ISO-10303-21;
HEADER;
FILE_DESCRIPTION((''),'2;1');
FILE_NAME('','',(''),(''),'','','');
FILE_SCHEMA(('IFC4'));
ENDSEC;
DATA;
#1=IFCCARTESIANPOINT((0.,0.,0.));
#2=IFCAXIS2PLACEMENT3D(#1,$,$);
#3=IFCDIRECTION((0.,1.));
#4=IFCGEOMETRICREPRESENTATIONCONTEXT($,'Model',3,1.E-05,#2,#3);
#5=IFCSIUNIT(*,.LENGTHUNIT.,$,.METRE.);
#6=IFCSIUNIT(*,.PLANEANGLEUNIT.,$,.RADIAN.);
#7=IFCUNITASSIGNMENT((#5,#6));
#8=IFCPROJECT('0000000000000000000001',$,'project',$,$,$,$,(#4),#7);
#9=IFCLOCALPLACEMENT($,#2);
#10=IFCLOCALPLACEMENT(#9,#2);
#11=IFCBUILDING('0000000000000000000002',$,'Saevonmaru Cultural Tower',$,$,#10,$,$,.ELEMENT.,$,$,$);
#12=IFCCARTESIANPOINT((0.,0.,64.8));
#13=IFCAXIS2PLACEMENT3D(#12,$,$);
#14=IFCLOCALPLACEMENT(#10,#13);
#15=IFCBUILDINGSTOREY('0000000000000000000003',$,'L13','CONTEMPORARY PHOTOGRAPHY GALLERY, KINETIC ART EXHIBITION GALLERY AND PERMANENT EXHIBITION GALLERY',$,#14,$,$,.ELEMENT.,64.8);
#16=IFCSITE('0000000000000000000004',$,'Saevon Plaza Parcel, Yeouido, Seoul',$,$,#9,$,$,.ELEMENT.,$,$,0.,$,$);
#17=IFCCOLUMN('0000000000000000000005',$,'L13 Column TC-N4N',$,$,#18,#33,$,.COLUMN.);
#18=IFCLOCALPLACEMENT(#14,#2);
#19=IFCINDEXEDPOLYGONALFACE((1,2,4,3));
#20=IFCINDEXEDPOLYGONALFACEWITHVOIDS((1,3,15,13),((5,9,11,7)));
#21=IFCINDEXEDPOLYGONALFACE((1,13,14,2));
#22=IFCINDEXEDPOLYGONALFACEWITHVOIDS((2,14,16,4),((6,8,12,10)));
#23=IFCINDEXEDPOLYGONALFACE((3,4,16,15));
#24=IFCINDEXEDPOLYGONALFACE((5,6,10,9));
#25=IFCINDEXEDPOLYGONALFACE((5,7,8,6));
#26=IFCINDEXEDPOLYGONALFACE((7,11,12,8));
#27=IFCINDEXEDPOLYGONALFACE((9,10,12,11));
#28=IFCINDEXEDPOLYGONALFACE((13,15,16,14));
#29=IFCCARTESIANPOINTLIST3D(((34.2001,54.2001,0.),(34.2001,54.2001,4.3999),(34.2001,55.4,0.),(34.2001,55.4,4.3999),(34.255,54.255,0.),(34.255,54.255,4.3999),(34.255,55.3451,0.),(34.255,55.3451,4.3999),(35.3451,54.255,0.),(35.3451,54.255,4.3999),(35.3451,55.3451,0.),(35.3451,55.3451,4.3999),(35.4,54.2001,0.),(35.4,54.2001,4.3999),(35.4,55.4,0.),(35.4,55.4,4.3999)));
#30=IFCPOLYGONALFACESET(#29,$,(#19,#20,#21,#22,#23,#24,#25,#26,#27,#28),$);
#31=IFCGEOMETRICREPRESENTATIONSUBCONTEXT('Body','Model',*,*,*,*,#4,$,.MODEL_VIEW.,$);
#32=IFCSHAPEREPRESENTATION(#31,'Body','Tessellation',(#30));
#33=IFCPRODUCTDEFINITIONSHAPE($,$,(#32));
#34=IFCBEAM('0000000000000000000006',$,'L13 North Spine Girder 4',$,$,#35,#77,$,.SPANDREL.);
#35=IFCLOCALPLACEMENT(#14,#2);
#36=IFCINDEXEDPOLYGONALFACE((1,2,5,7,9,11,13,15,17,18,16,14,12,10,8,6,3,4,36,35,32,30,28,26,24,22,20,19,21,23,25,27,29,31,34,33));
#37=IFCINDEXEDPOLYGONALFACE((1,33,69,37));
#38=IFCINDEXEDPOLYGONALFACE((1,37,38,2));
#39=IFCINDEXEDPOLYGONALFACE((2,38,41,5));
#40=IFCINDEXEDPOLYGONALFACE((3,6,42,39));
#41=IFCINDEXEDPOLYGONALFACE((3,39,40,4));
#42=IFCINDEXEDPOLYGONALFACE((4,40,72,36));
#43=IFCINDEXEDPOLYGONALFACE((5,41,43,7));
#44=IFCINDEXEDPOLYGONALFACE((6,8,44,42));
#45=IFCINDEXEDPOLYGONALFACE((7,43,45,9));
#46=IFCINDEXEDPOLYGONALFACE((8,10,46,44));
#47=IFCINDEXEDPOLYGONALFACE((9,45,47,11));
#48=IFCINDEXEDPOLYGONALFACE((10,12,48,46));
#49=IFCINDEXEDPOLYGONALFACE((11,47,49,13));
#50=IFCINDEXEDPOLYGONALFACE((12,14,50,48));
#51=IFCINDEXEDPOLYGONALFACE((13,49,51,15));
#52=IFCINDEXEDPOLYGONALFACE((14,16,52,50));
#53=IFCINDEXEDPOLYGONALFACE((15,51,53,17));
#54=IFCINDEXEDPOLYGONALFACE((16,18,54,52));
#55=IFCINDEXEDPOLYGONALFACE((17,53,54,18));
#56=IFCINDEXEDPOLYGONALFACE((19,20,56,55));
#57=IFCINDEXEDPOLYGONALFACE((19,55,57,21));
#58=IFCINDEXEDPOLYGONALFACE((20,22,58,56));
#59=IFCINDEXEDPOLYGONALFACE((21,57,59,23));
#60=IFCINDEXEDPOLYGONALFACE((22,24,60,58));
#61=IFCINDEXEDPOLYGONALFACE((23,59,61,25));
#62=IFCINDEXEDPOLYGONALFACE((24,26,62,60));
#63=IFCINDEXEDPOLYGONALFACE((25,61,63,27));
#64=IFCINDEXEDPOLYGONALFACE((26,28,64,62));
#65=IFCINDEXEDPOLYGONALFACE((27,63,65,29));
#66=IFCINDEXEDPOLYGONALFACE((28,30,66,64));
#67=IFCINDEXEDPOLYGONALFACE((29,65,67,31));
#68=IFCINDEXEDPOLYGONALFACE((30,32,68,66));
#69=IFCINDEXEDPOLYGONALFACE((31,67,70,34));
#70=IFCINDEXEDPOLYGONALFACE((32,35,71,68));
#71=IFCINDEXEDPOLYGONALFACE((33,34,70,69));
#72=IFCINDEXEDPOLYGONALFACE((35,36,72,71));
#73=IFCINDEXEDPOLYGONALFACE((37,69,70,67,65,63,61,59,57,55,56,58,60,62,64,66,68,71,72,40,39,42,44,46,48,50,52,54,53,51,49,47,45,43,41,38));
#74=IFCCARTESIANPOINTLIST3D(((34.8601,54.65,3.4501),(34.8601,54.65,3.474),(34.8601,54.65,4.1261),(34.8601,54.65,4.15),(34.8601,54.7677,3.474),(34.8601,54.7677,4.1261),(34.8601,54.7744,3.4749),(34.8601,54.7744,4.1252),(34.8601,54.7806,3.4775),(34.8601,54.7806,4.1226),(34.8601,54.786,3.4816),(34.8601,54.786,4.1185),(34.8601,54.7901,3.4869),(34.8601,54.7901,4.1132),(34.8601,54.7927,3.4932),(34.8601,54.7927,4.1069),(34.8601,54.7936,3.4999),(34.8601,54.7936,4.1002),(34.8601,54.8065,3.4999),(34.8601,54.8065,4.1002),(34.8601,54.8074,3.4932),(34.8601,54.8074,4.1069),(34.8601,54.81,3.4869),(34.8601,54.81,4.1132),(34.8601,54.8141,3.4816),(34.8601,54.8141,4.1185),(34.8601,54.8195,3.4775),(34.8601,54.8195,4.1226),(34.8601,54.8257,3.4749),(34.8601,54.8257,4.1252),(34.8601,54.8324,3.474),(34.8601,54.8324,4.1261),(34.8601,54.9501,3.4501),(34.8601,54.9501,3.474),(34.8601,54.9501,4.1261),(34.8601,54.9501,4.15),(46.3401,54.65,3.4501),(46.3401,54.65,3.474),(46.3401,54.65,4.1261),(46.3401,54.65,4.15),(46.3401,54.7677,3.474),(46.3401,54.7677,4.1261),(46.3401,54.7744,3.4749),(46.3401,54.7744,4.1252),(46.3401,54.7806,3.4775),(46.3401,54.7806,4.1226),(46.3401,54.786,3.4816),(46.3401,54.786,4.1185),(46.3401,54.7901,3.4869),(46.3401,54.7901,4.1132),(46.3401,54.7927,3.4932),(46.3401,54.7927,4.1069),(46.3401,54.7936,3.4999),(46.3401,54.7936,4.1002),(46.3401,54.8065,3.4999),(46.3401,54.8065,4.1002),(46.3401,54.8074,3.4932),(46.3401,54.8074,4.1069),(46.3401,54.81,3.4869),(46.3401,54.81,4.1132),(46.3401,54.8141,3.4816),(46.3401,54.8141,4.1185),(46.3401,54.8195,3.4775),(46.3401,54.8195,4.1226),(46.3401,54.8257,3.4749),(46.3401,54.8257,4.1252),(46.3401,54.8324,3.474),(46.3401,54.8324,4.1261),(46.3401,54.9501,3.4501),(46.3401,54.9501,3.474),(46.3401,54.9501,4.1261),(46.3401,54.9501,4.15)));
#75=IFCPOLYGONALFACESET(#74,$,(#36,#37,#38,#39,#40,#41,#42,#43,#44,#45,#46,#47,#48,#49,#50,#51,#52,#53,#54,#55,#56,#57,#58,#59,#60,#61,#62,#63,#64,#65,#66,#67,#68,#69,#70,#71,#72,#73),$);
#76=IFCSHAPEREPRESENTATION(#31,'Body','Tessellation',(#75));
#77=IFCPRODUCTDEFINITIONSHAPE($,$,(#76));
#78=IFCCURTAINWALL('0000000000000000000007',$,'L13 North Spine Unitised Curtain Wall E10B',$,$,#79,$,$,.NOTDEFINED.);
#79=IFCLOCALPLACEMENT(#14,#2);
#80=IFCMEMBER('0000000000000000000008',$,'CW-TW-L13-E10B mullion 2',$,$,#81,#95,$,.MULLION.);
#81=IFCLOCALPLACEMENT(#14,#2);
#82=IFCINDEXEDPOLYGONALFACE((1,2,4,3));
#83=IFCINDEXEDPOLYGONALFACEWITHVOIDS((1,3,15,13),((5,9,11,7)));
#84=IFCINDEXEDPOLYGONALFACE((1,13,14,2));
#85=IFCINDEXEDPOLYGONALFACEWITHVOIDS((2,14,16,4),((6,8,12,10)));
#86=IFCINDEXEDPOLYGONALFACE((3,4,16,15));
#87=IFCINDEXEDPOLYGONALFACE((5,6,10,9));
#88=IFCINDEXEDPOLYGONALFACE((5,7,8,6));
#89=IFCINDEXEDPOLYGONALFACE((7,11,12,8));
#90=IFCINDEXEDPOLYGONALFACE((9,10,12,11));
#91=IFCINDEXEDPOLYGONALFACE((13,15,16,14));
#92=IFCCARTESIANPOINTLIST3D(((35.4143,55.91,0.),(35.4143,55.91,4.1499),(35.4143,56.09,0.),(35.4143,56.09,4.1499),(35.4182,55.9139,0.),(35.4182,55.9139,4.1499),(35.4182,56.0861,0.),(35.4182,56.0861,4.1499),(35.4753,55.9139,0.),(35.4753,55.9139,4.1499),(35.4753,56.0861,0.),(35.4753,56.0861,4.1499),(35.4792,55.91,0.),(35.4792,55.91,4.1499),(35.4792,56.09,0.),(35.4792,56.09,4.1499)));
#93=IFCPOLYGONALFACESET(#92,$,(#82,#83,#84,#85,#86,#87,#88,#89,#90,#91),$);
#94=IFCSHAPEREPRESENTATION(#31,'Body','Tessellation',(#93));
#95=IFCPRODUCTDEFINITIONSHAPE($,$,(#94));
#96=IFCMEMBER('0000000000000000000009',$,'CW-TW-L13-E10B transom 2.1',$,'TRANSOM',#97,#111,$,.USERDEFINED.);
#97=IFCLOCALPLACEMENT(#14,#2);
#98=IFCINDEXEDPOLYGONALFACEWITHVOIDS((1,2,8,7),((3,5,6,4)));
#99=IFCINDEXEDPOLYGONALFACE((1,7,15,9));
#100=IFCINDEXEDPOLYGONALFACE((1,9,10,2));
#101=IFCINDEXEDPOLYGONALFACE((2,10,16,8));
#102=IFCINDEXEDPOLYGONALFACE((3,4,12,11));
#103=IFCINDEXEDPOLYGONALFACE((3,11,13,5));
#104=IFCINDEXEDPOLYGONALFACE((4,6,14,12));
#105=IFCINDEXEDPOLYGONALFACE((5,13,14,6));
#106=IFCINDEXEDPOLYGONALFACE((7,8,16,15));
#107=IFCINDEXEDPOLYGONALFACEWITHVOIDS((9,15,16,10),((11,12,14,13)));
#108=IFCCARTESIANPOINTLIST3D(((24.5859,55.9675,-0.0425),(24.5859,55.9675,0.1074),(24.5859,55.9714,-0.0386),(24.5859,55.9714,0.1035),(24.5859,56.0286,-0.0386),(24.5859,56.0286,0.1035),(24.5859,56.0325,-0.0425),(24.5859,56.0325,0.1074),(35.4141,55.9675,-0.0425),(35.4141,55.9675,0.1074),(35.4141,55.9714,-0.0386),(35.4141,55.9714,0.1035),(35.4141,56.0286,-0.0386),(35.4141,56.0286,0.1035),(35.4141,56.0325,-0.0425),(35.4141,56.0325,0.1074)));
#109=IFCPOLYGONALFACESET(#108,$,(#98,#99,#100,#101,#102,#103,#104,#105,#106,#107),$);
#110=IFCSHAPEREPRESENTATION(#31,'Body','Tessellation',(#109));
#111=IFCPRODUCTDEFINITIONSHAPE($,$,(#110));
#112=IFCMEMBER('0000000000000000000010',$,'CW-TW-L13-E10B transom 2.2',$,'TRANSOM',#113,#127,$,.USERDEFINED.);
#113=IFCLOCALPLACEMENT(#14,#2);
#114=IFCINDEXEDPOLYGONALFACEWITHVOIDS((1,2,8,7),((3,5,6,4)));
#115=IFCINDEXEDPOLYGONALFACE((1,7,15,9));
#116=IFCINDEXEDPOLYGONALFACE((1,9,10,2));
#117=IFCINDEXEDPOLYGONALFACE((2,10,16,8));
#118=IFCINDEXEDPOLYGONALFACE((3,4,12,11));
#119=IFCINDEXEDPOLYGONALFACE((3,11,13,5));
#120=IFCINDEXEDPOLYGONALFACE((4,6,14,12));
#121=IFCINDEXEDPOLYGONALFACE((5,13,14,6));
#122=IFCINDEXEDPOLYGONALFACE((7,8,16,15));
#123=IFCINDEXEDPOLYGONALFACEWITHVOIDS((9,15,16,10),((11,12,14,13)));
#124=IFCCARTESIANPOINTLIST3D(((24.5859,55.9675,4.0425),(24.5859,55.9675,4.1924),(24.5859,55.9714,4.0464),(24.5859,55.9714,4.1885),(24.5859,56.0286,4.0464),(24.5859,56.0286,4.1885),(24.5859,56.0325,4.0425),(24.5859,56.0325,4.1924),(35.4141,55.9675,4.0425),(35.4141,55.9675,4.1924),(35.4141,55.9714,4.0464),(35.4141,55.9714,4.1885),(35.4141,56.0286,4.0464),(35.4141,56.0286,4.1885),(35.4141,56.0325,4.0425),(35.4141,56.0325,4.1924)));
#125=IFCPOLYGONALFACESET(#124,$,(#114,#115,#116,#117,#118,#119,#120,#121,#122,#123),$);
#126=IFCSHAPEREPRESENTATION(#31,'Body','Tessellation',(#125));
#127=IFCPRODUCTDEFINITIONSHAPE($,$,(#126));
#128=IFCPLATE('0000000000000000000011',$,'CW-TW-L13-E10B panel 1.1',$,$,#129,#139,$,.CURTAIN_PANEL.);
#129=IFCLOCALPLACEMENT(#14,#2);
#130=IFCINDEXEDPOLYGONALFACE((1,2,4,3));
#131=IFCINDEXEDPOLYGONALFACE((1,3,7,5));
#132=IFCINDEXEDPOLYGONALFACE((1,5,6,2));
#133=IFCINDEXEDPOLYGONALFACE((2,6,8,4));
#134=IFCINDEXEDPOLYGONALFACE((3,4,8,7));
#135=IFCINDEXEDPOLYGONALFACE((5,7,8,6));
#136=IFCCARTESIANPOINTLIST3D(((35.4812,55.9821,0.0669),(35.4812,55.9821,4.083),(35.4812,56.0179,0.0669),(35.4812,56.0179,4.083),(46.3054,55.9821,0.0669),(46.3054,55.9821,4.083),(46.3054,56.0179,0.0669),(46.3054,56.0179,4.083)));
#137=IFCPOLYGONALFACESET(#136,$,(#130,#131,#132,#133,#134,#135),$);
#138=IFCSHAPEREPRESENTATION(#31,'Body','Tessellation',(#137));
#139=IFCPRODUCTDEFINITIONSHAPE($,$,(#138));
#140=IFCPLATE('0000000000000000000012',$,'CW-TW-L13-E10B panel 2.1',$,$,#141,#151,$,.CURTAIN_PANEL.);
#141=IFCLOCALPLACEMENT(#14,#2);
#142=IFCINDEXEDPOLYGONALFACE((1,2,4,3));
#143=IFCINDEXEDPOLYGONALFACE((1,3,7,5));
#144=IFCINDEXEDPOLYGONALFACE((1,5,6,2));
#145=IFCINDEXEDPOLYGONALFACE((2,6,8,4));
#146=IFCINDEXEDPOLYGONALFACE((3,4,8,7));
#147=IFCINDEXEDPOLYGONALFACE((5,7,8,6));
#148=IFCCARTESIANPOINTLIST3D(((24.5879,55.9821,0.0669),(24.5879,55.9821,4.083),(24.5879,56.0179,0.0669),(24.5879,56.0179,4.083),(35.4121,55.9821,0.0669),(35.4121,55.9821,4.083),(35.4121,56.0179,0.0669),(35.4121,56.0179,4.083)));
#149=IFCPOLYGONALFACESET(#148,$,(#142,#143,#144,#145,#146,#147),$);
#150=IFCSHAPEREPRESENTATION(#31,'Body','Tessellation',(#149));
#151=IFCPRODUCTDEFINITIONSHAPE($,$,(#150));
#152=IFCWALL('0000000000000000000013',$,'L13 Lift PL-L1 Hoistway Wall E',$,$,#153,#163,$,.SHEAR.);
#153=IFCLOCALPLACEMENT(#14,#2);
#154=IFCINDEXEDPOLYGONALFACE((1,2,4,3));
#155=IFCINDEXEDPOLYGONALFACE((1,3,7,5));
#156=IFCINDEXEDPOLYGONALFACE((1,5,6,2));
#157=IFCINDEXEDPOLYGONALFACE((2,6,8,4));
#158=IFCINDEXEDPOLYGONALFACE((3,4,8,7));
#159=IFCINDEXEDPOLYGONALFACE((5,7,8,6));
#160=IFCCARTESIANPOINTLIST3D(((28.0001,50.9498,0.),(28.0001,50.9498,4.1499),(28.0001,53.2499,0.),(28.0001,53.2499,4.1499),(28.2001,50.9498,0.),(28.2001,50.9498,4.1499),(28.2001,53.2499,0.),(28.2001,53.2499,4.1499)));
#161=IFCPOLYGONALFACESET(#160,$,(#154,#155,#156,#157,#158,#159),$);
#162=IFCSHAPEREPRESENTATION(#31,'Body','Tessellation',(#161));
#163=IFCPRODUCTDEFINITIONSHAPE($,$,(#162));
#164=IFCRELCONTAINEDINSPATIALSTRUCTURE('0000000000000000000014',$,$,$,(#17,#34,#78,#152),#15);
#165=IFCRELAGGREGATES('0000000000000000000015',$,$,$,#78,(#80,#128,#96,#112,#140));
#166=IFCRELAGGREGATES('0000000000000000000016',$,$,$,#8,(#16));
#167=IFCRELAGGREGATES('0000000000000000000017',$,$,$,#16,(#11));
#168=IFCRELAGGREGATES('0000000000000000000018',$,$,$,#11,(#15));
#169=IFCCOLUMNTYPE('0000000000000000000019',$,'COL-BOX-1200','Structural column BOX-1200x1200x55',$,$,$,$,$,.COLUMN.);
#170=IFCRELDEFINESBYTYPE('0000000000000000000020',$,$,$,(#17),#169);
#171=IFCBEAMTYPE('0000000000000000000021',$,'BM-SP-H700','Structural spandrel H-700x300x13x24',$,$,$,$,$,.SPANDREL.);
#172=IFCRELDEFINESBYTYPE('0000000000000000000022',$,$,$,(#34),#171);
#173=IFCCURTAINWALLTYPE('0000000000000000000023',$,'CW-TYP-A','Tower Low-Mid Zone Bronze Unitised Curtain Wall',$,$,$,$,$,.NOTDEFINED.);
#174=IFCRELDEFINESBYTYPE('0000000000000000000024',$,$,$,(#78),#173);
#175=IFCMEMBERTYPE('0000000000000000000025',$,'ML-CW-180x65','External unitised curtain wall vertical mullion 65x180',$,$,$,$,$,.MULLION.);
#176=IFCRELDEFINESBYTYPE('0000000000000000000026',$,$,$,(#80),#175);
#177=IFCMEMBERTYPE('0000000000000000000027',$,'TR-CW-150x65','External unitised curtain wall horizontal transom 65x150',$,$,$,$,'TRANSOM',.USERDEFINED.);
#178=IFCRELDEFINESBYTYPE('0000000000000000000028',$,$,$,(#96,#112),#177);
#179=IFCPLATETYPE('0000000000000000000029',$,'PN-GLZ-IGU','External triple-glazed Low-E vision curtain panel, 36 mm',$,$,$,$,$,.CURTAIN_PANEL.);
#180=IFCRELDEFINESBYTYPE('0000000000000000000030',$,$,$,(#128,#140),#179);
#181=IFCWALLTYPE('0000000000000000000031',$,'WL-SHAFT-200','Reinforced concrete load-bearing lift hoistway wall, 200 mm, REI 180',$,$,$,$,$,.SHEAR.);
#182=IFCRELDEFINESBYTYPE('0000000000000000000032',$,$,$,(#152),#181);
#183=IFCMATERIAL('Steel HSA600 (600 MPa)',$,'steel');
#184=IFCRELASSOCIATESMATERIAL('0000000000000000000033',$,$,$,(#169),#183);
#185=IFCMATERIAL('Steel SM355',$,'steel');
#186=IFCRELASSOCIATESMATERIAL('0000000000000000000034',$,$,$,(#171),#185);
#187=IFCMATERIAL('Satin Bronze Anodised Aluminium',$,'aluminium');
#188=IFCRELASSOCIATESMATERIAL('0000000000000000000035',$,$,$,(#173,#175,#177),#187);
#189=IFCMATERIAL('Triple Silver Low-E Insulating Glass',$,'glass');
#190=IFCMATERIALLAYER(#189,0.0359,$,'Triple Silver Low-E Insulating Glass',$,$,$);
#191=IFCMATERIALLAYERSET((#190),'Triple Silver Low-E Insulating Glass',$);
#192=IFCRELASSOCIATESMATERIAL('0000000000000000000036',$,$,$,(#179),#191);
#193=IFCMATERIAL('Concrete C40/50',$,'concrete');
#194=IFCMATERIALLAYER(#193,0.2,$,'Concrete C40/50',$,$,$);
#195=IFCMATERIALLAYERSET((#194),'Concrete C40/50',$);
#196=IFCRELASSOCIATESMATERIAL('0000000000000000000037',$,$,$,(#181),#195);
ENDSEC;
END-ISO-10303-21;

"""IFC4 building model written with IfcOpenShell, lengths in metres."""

from ifc_helpers import new_model, si_unit, direction, frame, frame_2d, origin, origin_2d, place, context, subcontext, project, spatial, rectangle, hollow_rectangle, i_section, extrude, material, layer, layer_set, material_profile, profile_set, type_object, element, aggregate, save


model = new_model("IFC4")

# Units and contexts
model_context = context("Model", 3, precision=1e-05, world=origin(), true_north=direction((0.0, 1.0)))
body_context = subcontext(model_context, "Body", "Model", "MODEL_VIEW")
ifc_project = project(units=[si_unit("LENGTHUNIT", "METRE"), si_unit("PLANEANGLEUNIT", "RADIAN")], contexts=[model_context])

# Site, building, storey
site_placement = place(None, origin())
site = spatial("IfcSite", under=ifc_project, at=site_placement, Name="Saevon Plaza Parcel, Yeouido, Seoul", CompositionType="ELEMENT", RefElevation=0.0)
building_placement = place(site_placement, origin())
building = spatial("IfcBuilding", under=site, at=building_placement, Name="Saevonmaru Cultural Tower", CompositionType="ELEMENT")
storey_placement = place(building_placement, frame((0.0, 0.0, 64.8)))
storey = spatial("IfcBuildingStorey", under=building, at=storey_placement, Name="L13", Description="CONTEMPORARY PHOTOGRAPHY GALLERY, KINETIC ART EXHIBITION GALLERY AND PERMANENT EXHIBITION GALLERY", CompositionType="ELEMENT", Elevation=64.8)

# Column
ifc_material_1 = material(Name="Steel HSA600 (600 MPa)", Category="steel")
ifc_material_profile_1 = material_profile(ifc_material_1, hollow_rectangle(XDim=1.2, YDim=1.2, WallThickness=0.0549, at=origin_2d()), Name="BOX-1200x1200x55")
ifc_profile_set_1 = profile_set([ifc_material_profile_1], Name="Steel HSA600 (600 MPa)")
column_type = type_object("IfcColumnType", Name="COL-BOX-1200", Description="Structural column BOX-1200x1200x55", PredefinedType="COLUMN", material=ifc_profile_set_1)
column_placement = place(storey_placement, frame((34.8, 54.8, 0.0), z_axis=(0.0, 0.0, 1.0), x_axis=(1.0, 0.0, 0.0)))
element("IfcColumn", 1, at=column_placement, inside=storey, type_object=column_type, Name="L13 Column TC-N4N", PredefinedType="COLUMN", context=body_context, shape_type="SweptSolid", body=[
    extrude(hollow_rectangle(XDim=1.2, YDim=1.2, WallThickness=0.0549, at=origin_2d()), origin(), (0.0, 0.0, 1.0), 4.3999),
])

# Beam
ifc_material_2 = material(Name="Steel SM355", Category="steel")
ifc_material_profile_2 = material_profile(ifc_material_2, i_section(OverallWidth=0.3, OverallDepth=0.7, WebThickness=0.0129, FlangeThickness=0.0239, FilletRadius=0.0259, at=origin_2d()), Name="H-700x300x13x24")
ifc_profile_set_2 = profile_set([ifc_material_profile_2], Name="Steel SM355")
beam_type = type_object("IfcBeamType", Name="BM-SP-H700", Description="Structural spandrel H-700x300x13x24", PredefinedType="SPANDREL", material=ifc_profile_set_2)
beam_placement = place(storey_placement, frame((34.8601, 54.8, 3.8), z_axis=(1.0, 0.0, 0.0), x_axis=(0.0, 1.0, 0.0)))
element("IfcBeam", 2, at=beam_placement, inside=storey, type_object=beam_type, Name="L13 North Spine Girder 4", PredefinedType="SPANDREL", context=body_context, shape_type="SweptSolid", body=[
    extrude(i_section(OverallWidth=0.3, OverallDepth=0.7, WebThickness=0.0129, FlangeThickness=0.0239, FilletRadius=0.0259, at=origin_2d()), origin(), (0.0, 0.0, 1.0), 11.48),
])

# Curtain wall, members, plates
ifc_material_3 = material(Name="Satin Bronze Anodised Aluminium", Category="aluminium")
curtain_wall_type = type_object("IfcCurtainWallType", Name="CW-TYP-A", Description="Tower Low-Mid Zone Bronze Unitised Curtain Wall", PredefinedType="NOTDEFINED", material=ifc_material_3)
curtain_wall_placement = place(storey_placement, origin())
curtain_wall = element("IfcCurtainWall", 3, at=curtain_wall_placement, inside=storey, type_object=curtain_wall_type, Name="L13 North Spine Unitised Curtain Wall E10B", PredefinedType="NOTDEFINED")
ifc_material_profile_3 = material_profile(ifc_material_3, hollow_rectangle(XDim=0.0649, YDim=0.1799, WallThickness=0.0039, at=origin_2d()), Name="ALU-MULL-180x65x4")
ifc_profile_set_3 = profile_set([ifc_material_profile_3], Name="Satin Bronze Anodised Aluminium")
member_type_1 = type_object("IfcMemberType", Name="ML-CW-180x65", Description="External unitised curtain wall vertical mullion 65x180", PredefinedType="MULLION", material=ifc_profile_set_3)
member_1_placement = place(storey_placement, frame((35.4468, 56.0, 0.0), z_axis=(0.0, 0.0, 1.0), x_axis=(-1.0, 0.0, 0.0)))
member_1 = element("IfcMember", 4, at=member_1_placement, type_object=member_type_1, Name="CW-TW-L13-E10B mullion 2", PredefinedType="MULLION", context=body_context, shape_type="SweptSolid", body=[
    extrude(hollow_rectangle(XDim=0.0649, YDim=0.1799, WallThickness=0.0039, at=origin_2d()), origin(), (0.0, 0.0, 1.0), 4.1499),
])
ifc_material_profile_4 = material_profile(ifc_material_3, hollow_rectangle(XDim=0.0649, YDim=0.1499, WallThickness=0.0039, at=origin_2d()), Name="ALU-TRAN-150x65x4")
ifc_profile_set_4 = profile_set([ifc_material_profile_4], Name="Satin Bronze Anodised Aluminium")
member_type_2 = type_object("IfcMemberType", Name="TR-CW-150x65", Description="External unitised curtain wall horizontal transom 65x150", ElementType="TRANSOM", PredefinedType="USERDEFINED", material=ifc_profile_set_4)
member_2_placement = place(storey_placement, frame((35.4141, 56.0, 0.0325), z_axis=(-1.0, 0.0, 0.0), x_axis=(0.0, -1.0, 0.0)))
member_2 = element("IfcMember", 5, at=member_2_placement, type_object=member_type_2, Name="CW-TW-L13-E10B transom 2.1", ObjectType="TRANSOM", PredefinedType="USERDEFINED", context=body_context, shape_type="SweptSolid", body=[
    extrude(hollow_rectangle(XDim=0.0649, YDim=0.1499, WallThickness=0.0039, at=origin_2d()), origin(), (0.0, 0.0, 1.0), 10.8281),
])
member_3_placement = place(storey_placement, frame((35.4141, 56.0, 4.1174), z_axis=(-1.0, 0.0, 0.0), x_axis=(0.0, -1.0, 0.0)))
member_3 = element("IfcMember", 6, at=member_3_placement, type_object=member_type_2, Name="CW-TW-L13-E10B transom 2.2", ObjectType="TRANSOM", PredefinedType="USERDEFINED", context=body_context, shape_type="SweptSolid", body=[
    extrude(hollow_rectangle(XDim=0.0649, YDim=0.1499, WallThickness=0.0039, at=origin_2d()), origin(), (0.0, 0.0, 1.0), 10.8281),
])
ifc_material_4 = material(Name="Triple Silver Low-E Insulating Glass", Category="glass")
ifc_layer_1 = layer(ifc_material_4, 0.0359, Name="Triple Silver Low-E Insulating Glass")
ifc_layer_set_1 = layer_set([ifc_layer_1], Name="Triple Silver Low-E Insulating Glass")
plate_type = type_object("IfcPlateType", Name="PN-GLZ-IGU", Description="External triple-glazed Low-E vision curtain panel, 36 mm", PredefinedType="CURTAIN_PANEL", material=ifc_layer_set_1)
plate_1_placement = place(storey_placement, frame((40.8933, 56.0, 0.0669), z_axis=(0.0, 0.0, 1.0), x_axis=(-1.0, 0.0, 0.0)))
plate_1 = element("IfcPlate", 7, at=plate_1_placement, type_object=plate_type, Name="CW-TW-L13-E10B panel 1.1", PredefinedType="CURTAIN_PANEL", context=body_context, shape_type="SweptSolid", body=[
    extrude(rectangle(XDim=10.8242, YDim=0.0359, at=origin_2d()), origin(), (0.0, 0.0, 1.0), 4.0161),
])
plate_2_placement = place(storey_placement, frame((30.0, 56.0, 0.0669), z_axis=(0.0, 0.0, 1.0), x_axis=(-1.0, 0.0, 0.0)))
plate_2 = element("IfcPlate", 8, at=plate_2_placement, type_object=plate_type, Name="CW-TW-L13-E10B panel 2.1", PredefinedType="CURTAIN_PANEL", context=body_context, shape_type="SweptSolid", body=[
    extrude(rectangle(XDim=10.8242, YDim=0.0359, at=origin_2d()), origin(), (0.0, 0.0, 1.0), 4.0161),
])
aggregate(curtain_wall, [member_1, plate_1, member_2, member_3, plate_2])

# Wall
ifc_material_5 = material(Name="Concrete C40/50", Category="concrete")
ifc_layer_2 = layer(ifc_material_5, 0.2, Name="Concrete C40/50")
ifc_layer_set_2 = layer_set([ifc_layer_2], Name="Concrete C40/50")
wall_type_1 = type_object("IfcWallType", Name="WL-SHAFT-200", Description="Reinforced concrete load-bearing lift hoistway wall, 200 mm, REI 180", PredefinedType="SHEAR", material=ifc_layer_set_2)
wall_1_placement = place(storey_placement, frame((28.1001, 50.95, 0.0), z_axis=(0.0, 0.0, 1.0), x_axis=(0.0, 1.0, 0.0)))
element("IfcWall", 9, at=wall_1_placement, inside=storey, type_object=wall_type_1, Name="L13 Lift PL-L1 Hoistway Wall E", PredefinedType="SHEAR", context=body_context, shape_type="SweptSolid", body=[
    extrude(rectangle(XDim=2.3, YDim=0.2, at=frame_2d((1.1499, 0.0))), origin(), (0.0, 0.0, 1.0), 4.1499),
])

save(model, "model.ifc")
